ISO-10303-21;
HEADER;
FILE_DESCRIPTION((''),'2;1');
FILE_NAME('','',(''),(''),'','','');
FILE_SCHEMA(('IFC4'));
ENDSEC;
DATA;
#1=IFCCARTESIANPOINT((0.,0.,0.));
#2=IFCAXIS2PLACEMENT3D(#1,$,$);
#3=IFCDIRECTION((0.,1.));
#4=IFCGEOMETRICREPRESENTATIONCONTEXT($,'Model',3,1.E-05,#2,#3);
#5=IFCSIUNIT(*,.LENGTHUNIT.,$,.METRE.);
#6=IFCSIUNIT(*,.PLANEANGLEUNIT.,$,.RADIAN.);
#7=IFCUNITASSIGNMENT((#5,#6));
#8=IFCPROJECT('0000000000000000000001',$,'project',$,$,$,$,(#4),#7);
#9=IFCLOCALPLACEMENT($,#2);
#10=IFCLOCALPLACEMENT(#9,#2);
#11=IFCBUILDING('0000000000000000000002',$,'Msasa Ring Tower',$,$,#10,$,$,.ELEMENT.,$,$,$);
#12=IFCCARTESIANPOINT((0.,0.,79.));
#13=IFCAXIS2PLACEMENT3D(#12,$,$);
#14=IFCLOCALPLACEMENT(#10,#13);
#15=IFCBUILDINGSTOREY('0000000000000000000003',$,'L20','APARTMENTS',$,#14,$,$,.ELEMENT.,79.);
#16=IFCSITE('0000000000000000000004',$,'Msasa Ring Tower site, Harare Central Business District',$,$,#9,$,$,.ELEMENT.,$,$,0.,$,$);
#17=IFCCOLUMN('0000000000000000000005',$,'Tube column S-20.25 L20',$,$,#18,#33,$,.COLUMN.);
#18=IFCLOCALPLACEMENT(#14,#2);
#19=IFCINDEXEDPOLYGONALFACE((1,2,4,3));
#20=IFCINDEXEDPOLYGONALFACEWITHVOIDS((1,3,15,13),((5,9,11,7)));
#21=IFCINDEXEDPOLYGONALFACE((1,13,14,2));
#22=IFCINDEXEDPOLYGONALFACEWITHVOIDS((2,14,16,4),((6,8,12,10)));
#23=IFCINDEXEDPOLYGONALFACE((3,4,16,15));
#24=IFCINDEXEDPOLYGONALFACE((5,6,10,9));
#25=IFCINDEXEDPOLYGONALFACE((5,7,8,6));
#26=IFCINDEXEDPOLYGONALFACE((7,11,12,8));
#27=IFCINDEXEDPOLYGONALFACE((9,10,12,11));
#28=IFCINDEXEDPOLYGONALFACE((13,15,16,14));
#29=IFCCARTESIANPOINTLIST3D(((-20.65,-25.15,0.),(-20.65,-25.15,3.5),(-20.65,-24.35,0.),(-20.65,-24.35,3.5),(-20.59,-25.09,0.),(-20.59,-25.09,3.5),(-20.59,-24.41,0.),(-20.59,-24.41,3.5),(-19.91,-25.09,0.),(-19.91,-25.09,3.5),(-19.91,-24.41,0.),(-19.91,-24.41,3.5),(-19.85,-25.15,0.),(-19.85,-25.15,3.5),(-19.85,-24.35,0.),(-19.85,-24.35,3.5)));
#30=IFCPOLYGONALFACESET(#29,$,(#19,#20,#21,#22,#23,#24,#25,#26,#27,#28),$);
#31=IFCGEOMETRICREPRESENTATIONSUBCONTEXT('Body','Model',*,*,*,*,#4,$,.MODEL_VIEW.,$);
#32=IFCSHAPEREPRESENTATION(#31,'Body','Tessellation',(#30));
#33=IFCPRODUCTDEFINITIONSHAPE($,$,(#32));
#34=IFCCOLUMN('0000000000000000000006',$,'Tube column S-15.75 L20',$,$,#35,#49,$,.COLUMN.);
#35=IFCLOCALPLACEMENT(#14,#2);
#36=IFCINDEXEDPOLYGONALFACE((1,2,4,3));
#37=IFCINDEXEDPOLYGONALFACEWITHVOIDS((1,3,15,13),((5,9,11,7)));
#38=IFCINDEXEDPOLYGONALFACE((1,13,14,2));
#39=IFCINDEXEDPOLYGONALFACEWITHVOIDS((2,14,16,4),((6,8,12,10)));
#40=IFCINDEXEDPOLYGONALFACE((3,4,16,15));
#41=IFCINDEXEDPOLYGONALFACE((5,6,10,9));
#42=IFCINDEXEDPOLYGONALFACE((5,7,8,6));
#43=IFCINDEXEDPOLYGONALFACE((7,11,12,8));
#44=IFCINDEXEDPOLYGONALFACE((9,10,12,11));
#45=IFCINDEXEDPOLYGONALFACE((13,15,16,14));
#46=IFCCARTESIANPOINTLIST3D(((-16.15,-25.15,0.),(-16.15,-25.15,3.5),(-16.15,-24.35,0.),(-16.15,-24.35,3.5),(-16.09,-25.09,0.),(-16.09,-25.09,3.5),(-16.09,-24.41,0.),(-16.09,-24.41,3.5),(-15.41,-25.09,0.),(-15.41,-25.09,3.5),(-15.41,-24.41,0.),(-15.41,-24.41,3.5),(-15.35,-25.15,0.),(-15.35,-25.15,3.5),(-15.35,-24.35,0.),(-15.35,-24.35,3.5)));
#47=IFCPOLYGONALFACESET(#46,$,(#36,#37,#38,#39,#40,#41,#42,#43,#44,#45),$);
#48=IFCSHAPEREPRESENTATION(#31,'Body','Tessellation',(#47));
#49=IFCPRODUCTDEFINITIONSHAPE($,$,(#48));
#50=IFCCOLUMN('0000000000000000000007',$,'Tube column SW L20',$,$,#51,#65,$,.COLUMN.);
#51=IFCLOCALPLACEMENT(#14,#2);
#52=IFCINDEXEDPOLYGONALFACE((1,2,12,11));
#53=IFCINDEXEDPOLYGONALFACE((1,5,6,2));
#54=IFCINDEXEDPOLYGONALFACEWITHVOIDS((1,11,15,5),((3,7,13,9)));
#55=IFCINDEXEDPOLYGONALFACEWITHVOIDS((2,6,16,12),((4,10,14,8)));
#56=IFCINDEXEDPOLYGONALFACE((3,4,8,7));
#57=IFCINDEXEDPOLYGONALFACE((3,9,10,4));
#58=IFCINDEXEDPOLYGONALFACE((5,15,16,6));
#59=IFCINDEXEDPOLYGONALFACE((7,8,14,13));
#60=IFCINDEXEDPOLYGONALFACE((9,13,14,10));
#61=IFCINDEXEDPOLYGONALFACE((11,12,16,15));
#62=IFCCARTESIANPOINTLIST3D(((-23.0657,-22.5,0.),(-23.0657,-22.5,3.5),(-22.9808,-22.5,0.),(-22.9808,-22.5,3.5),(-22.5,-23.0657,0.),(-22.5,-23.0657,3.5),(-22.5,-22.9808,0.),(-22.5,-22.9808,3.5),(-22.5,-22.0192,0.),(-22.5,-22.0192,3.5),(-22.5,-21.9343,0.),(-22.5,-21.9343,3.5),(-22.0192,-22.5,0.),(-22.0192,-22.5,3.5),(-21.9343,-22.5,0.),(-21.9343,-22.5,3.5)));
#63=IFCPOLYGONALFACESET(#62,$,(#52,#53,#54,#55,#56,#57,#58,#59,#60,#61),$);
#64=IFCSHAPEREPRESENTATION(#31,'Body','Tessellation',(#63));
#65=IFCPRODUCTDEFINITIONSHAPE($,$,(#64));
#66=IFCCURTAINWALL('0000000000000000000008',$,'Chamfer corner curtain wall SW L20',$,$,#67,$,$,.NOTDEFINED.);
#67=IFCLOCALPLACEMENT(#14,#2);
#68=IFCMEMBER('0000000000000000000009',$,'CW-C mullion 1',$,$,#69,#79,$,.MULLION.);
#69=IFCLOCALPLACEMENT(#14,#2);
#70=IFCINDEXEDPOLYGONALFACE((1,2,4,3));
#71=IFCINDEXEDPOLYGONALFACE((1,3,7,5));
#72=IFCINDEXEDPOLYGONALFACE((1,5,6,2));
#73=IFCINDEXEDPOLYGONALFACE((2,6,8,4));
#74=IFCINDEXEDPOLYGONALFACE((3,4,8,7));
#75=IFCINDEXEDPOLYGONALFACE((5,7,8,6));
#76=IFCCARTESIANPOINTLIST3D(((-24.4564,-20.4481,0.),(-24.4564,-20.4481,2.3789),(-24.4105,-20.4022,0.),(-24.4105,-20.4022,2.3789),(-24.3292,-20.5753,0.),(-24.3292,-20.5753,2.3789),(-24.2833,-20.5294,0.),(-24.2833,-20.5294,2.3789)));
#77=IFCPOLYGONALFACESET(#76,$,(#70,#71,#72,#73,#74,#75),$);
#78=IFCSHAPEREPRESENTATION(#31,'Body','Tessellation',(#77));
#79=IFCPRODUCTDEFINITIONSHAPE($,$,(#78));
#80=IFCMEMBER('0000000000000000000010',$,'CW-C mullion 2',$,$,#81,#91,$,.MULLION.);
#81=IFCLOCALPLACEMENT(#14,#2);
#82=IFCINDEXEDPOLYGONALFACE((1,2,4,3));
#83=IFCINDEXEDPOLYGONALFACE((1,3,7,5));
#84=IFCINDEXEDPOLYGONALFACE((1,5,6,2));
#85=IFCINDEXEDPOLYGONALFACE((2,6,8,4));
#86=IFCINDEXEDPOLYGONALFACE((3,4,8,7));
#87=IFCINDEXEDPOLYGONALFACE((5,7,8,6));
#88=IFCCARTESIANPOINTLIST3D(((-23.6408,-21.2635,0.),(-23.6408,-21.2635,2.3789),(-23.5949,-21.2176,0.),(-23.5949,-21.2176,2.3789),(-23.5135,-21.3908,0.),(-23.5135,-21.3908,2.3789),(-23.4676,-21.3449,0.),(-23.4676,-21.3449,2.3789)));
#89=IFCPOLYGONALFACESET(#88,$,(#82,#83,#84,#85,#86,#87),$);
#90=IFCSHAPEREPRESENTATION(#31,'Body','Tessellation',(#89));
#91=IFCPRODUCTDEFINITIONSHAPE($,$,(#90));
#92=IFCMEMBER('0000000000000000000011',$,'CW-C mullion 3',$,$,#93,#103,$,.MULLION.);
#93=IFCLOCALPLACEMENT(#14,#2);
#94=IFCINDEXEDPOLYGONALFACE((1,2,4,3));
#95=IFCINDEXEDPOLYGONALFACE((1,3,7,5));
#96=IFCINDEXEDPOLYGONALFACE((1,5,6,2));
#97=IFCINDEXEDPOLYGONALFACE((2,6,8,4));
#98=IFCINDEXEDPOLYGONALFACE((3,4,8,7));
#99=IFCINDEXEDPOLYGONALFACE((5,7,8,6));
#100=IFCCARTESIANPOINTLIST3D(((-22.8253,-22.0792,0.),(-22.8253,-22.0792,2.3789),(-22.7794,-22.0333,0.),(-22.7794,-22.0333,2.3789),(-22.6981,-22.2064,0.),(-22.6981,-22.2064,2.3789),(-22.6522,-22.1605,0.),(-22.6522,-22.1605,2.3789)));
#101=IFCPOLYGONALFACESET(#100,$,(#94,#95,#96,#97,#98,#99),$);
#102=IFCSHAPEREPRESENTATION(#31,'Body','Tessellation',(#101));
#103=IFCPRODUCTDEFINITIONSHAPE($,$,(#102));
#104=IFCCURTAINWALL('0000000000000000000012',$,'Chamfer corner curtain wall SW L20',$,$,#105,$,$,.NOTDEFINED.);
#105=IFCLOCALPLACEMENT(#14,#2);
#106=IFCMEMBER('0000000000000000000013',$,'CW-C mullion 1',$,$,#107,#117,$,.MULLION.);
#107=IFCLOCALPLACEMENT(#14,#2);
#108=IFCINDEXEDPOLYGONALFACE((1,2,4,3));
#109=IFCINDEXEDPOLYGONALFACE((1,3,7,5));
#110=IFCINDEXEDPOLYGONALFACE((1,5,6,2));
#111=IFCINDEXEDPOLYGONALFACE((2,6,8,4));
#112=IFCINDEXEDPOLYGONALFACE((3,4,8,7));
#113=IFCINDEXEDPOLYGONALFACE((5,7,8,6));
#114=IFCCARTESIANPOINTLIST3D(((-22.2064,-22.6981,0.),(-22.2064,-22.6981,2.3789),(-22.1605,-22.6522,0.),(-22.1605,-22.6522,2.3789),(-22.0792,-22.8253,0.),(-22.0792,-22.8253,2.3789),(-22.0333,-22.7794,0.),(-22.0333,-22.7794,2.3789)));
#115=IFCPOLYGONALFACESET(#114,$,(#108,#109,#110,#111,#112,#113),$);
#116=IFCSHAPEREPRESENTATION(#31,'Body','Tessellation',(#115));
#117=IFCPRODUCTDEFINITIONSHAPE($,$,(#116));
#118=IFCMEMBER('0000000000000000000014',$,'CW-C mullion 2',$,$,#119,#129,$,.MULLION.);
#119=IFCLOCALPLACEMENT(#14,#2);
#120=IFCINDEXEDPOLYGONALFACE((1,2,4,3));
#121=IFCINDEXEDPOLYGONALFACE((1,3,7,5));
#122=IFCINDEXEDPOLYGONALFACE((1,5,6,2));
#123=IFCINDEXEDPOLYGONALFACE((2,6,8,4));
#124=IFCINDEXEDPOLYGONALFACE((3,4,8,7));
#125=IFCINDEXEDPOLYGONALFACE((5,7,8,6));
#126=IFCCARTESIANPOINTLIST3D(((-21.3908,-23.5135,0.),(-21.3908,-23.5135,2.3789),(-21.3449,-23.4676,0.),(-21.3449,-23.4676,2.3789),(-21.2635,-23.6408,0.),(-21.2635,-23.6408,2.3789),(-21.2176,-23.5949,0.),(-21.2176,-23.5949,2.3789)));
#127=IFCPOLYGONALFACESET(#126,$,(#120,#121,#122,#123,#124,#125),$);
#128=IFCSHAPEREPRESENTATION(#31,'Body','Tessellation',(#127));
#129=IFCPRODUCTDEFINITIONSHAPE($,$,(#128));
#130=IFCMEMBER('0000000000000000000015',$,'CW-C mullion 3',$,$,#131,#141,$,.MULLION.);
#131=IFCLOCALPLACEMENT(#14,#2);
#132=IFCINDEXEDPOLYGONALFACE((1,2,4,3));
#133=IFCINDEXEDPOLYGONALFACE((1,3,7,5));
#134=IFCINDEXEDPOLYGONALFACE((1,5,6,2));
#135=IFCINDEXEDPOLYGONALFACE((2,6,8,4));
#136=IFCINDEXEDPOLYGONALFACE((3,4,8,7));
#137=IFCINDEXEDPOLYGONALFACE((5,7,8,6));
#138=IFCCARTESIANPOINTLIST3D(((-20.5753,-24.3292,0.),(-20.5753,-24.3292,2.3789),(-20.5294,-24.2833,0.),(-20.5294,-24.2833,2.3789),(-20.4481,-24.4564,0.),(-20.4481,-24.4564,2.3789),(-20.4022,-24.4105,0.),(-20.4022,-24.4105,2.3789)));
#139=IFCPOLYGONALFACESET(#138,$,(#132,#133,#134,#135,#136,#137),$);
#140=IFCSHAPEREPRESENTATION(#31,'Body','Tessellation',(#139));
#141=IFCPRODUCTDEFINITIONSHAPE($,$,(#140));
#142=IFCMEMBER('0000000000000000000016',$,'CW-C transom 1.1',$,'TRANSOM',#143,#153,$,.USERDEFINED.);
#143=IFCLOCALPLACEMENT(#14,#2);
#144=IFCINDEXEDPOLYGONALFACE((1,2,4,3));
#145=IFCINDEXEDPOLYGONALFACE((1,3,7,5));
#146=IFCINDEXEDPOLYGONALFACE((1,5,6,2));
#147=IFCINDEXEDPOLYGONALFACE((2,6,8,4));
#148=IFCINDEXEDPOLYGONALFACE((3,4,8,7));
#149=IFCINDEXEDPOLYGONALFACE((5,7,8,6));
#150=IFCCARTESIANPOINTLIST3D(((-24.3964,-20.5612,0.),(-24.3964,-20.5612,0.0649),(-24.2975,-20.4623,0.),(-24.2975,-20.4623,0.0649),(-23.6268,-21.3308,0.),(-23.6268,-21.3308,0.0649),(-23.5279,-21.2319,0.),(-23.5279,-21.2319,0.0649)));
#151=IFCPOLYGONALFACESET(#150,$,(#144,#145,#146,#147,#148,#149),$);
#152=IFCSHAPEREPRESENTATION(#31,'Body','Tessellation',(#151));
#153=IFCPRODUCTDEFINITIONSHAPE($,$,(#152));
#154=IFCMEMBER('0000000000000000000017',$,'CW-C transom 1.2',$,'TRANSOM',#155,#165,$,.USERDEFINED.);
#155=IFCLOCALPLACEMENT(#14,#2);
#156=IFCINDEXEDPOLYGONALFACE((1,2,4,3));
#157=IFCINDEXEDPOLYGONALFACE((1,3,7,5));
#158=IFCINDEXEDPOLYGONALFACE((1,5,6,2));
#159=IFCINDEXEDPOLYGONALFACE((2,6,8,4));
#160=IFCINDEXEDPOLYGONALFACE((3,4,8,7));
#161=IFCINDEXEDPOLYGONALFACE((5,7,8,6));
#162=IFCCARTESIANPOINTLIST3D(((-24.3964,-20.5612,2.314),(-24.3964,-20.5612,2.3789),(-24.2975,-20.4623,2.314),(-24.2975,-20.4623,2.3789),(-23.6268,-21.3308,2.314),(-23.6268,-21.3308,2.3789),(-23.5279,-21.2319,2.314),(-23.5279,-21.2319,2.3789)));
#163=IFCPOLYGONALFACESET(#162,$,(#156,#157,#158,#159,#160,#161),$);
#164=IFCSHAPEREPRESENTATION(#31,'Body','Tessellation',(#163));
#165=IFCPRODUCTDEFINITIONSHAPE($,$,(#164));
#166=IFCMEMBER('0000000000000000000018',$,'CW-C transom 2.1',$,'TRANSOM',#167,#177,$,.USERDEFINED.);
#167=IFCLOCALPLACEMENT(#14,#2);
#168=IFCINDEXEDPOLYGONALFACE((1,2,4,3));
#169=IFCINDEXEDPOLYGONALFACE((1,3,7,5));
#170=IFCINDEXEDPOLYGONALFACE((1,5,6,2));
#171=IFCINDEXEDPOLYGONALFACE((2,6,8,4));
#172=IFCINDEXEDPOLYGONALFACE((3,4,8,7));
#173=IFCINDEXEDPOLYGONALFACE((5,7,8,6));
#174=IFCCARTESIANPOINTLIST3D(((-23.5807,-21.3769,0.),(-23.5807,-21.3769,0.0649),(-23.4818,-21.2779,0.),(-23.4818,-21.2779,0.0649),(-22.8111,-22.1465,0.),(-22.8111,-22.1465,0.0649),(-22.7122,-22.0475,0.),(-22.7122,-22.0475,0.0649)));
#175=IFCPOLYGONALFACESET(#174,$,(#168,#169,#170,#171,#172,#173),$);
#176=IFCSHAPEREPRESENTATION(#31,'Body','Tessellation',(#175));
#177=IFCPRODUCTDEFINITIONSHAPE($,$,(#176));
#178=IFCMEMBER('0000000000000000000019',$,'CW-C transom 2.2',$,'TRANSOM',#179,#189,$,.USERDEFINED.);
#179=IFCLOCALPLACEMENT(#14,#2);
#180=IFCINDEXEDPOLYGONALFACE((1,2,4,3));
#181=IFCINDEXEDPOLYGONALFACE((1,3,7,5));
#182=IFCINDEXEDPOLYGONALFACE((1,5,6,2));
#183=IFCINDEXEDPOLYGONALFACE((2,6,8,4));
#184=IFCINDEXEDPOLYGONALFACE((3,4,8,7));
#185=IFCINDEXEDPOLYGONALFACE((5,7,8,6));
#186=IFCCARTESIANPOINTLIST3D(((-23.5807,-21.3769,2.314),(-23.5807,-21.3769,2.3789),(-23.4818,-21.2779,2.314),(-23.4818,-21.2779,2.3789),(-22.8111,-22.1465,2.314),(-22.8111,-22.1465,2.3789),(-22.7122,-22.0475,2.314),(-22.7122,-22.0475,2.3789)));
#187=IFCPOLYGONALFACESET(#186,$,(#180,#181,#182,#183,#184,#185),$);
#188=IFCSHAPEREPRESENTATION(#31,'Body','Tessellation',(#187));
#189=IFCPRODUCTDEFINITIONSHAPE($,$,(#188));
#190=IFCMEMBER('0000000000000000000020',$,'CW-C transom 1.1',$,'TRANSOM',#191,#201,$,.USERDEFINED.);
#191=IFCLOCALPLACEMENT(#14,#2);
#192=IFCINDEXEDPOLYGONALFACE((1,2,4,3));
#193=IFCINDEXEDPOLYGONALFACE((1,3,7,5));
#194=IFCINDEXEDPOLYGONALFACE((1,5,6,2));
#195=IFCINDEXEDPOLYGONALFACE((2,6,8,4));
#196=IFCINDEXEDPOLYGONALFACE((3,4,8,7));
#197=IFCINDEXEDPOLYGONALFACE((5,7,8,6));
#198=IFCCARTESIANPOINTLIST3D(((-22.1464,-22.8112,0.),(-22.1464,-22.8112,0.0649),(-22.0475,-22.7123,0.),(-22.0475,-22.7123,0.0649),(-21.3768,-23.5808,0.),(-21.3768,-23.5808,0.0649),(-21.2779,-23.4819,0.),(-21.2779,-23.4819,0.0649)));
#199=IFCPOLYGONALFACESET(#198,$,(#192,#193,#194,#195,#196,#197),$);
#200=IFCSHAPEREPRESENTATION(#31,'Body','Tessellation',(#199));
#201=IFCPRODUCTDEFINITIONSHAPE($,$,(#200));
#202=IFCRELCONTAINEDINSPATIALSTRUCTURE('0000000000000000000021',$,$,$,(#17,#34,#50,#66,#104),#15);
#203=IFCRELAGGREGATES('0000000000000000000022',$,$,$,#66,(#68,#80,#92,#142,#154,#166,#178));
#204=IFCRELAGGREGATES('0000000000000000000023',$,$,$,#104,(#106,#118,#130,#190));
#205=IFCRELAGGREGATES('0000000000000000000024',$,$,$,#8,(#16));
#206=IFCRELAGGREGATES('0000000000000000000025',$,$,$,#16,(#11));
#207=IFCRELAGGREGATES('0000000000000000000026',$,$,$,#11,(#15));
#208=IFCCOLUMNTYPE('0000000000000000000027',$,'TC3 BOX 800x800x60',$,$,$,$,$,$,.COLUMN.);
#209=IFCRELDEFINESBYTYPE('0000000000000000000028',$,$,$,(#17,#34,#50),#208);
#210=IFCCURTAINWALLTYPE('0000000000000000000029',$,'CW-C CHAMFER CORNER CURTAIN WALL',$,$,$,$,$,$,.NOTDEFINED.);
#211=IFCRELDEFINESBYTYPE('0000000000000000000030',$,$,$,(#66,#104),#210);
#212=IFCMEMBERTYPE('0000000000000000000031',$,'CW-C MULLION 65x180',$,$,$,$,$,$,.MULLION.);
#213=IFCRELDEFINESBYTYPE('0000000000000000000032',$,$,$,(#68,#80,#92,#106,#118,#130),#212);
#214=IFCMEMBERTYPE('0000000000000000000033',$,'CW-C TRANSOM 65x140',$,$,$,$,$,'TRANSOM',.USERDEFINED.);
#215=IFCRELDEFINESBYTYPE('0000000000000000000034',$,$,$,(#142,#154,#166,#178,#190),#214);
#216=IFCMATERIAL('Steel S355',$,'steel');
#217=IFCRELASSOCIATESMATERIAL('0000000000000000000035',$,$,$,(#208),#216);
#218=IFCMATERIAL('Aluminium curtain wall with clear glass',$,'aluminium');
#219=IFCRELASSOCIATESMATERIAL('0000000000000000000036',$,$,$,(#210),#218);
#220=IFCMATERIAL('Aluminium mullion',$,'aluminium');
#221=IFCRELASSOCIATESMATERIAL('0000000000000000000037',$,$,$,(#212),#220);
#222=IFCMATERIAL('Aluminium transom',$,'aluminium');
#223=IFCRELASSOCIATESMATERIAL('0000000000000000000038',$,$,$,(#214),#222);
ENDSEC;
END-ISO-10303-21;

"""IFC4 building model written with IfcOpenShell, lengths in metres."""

from ifc_helpers import new_model, si_unit, direction, frame, origin, origin_2d, place, context, subcontext, project, spatial, rectangle, hollow_rectangle, extrude, material, material_profile, profile_set, type_object, element, aggregate, save


model = new_model("IFC4")

# Units and contexts
model_context = context("Model", 3, precision=1e-05, world=origin(), true_north=direction((0.0, 1.0)))
body_context = subcontext(model_context, "Body", "Model", "MODEL_VIEW")
ifc_project = project(units=[si_unit("LENGTHUNIT", "METRE"), si_unit("PLANEANGLEUNIT", "RADIAN")], contexts=[model_context])

# Site, building, storey
site_placement = place(None, origin())
site = spatial("IfcSite", under=ifc_project, at=site_placement, Name="Msasa Ring Tower site, Harare Central Business District", CompositionType="ELEMENT", RefElevation=0.0)
building_placement = place(site_placement, origin())
building = spatial("IfcBuilding", under=site, at=building_placement, Name="Msasa Ring Tower", CompositionType="ELEMENT")
storey_placement = place(building_placement, frame((0.0, 0.0, 79.0)))
storey = spatial("IfcBuildingStorey", under=building, at=storey_placement, Name="L20", Description="APARTMENTS", CompositionType="ELEMENT", Elevation=79.0)

# Columns
ifc_material_1 = material(Name="Steel S355", Category="steel")
ifc_material_profile_1 = material_profile(ifc_material_1, hollow_rectangle(XDim=0.8, YDim=0.8, WallThickness=0.0601, at=origin_2d()), Name="BOX 800x800x60")
ifc_profile_set_1 = profile_set([ifc_material_profile_1], Name="Steel S355")
column_type = type_object("IfcColumnType", Name="TC3 BOX 800x800x60", PredefinedType="COLUMN", material=ifc_profile_set_1)
for number, where, z_axis, x_axis, name in (
    (1, (-20.25, -24.75, 0.0), (0.0, 0.0, 1.0), (0.0, 1.0, 0.0), "Tube column S-20.25 L20"),
    (2, (-15.75, -24.75, 0.0), (0.0, 0.0, 1.0), (0.0, 1.0, 0.0), "Tube column S-15.75 L20"),
    (3, (-22.5, -22.5, 0.0), (0.0, 0.0, 1.0), (0.707107, 0.707107, 0.0), "Tube column SW L20"),
):
    element("IfcColumn", number, at=place(storey_placement, frame(where, z_axis=z_axis, x_axis=x_axis)), inside=storey, type_object=column_type, Name=name, PredefinedType="COLUMN", context=body_context, shape_type="SweptSolid", body=[
        extrude(hollow_rectangle(XDim=0.8, YDim=0.8, WallThickness=0.0601, at=origin_2d()), origin(), (0.0, 0.0, 1.0), 3.5),
    ])

# Curtain walls, members
ifc_material_2 = material(Name="Aluminium curtain wall with clear glass", Category="aluminium")
curtain_wall_type = type_object("IfcCurtainWallType", Name="CW-C CHAMFER CORNER CURTAIN WALL", PredefinedType="NOTDEFINED", material=ifc_material_2)
curtain_wall_1_placement = place(storey_placement, origin())
curtain_wall_1 = element("IfcCurtainWall", 4, at=curtain_wall_1_placement, inside=storey, type_object=curtain_wall_type, Name="Chamfer corner curtain wall SW L20", PredefinedType="NOTDEFINED")
ifc_material_3 = material(Name="Aluminium mullion", Category="aluminium")
ifc_material_profile_2 = material_profile(ifc_material_3, rectangle(XDim=0.0649, YDim=0.1799, at=origin_2d()), Name="AL 65x180")
ifc_profile_set_2 = profile_set([ifc_material_profile_2], Name="Aluminium mullion")
member_type_1 = type_object("IfcMemberType", Name="CW-C MULLION 65x180", PredefinedType="MULLION", material=ifc_profile_set_2)
member_1_placement = place(storey_placement, frame((-24.3699, -20.4888, 0.0), z_axis=(0.0, 0.0, 1.0), x_axis=(0.707107, 0.707107, 0.0)))
member_1 = element("IfcMember", 5, at=member_1_placement, type_object=member_type_1, Name="CW-C mullion 1", PredefinedType="MULLION", context=body_context, shape_type="SweptSolid", body=[
    extrude(rectangle(XDim=0.0649, YDim=0.1799, at=origin_2d()), origin(), (0.0, 0.0, 1.0), 2.3789),
])
member_2_placement = place(storey_placement, frame((-23.5542, -21.3042, 0.0), z_axis=(0.0, 0.0, 1.0), x_axis=(0.707107, 0.707107, 0.0)))
member_2 = element("IfcMember", 6, at=member_2_placement, type_object=member_type_1, Name="CW-C mullion 2", PredefinedType="MULLION", context=body_context, shape_type="SweptSolid", body=[
    extrude(rectangle(XDim=0.0649, YDim=0.1799, at=origin_2d()), origin(), (0.0, 0.0, 1.0), 2.3789),
])
member_3_placement = place(storey_placement, frame((-22.7388, -22.1199, 0.0), z_axis=(0.0, 0.0, 1.0), x_axis=(0.707107, 0.707107, 0.0)))
member_3 = element("IfcMember", 7, at=member_3_placement, type_object=member_type_1, Name="CW-C mullion 3", PredefinedType="MULLION", context=body_context, shape_type="SweptSolid", body=[
    extrude(rectangle(XDim=0.0649, YDim=0.1799, at=origin_2d()), origin(), (0.0, 0.0, 1.0), 2.3789),
])
curtain_wall_2_placement = place(storey_placement, origin())
curtain_wall_2 = element("IfcCurtainWall", 8, at=curtain_wall_2_placement, inside=storey, type_object=curtain_wall_type, Name="Chamfer corner curtain wall SW L20", PredefinedType="NOTDEFINED")
member_4_placement = place(storey_placement, frame((-22.1199, -22.7388, 0.0), z_axis=(0.0, 0.0, 1.0), x_axis=(0.707107, 0.707107, 0.0)))
member_4 = element("IfcMember", 9, at=member_4_placement, type_object=member_type_1, Name="CW-C mullion 1", PredefinedType="MULLION", context=body_context, shape_type="SweptSolid", body=[
    extrude(rectangle(XDim=0.0649, YDim=0.1799, at=origin_2d()), origin(), (0.0, 0.0, 1.0), 2.3789),
])
member_5_placement = place(storey_placement, frame((-21.3042, -23.5542, 0.0), z_axis=(0.0, 0.0, 1.0), x_axis=(0.707107, 0.707107, 0.0)))
member_5 = element("IfcMember", 10, at=member_5_placement, type_object=member_type_1, Name="CW-C mullion 2", PredefinedType="MULLION", context=body_context, shape_type="SweptSolid", body=[
    extrude(rectangle(XDim=0.0649, YDim=0.1799, at=origin_2d()), origin(), (0.0, 0.0, 1.0), 2.3789),
])
member_6_placement = place(storey_placement, frame((-20.4888, -24.3699, 0.0), z_axis=(0.0, 0.0, 1.0), x_axis=(0.707107, 0.707107, 0.0)))
member_6 = element("IfcMember", 11, at=member_6_placement, type_object=member_type_1, Name="CW-C mullion 3", PredefinedType="MULLION", context=body_context, shape_type="SweptSolid", body=[
    extrude(rectangle(XDim=0.0649, YDim=0.1799, at=origin_2d()), origin(), (0.0, 0.0, 1.0), 2.3789),
])

# Members
ifc_material_4 = material(Name="Aluminium transom", Category="aluminium")
ifc_material_profile_3 = material_profile(ifc_material_4, rectangle(XDim=0.1399, YDim=0.0649, at=origin_2d()), Name="AL 65x140")
ifc_profile_set_3 = profile_set([ifc_material_profile_3], Name="Aluminium transom")
member_type_2 = type_object("IfcMemberType", Name="CW-C TRANSOM 65x140", ElementType="TRANSOM", PredefinedType="USERDEFINED", material=ifc_profile_set_3)
member_7_placement = place(storey_placement, frame((-24.3469, -20.5117, 0.0325), z_axis=(0.707107, -0.707107, 0.0), x_axis=(0.707107, 0.707107, 0.0)))
member_7 = element("IfcMember", 12, at=member_7_placement, type_object=member_type_2, Name="CW-C transom 1.1", ObjectType="TRANSOM", PredefinedType="USERDEFINED", context=body_context, shape_type="SweptSolid", body=[
    extrude(rectangle(XDim=0.1399, YDim=0.0649, at=origin_2d()), origin(), (0.0, 0.0, 1.0), 1.0884),
])
member_8_placement = place(storey_placement, frame((-24.3469, -20.5117, 2.3464), z_axis=(0.707107, -0.707107, 0.0), x_axis=(0.707107, 0.707107, 0.0)))
member_8 = element("IfcMember", 13, at=member_8_placement, type_object=member_type_2, Name="CW-C transom 1.2", ObjectType="TRANSOM", PredefinedType="USERDEFINED", context=body_context, shape_type="SweptSolid", body=[
    extrude(rectangle(XDim=0.1399, YDim=0.0649, at=origin_2d()), origin(), (0.0, 0.0, 1.0), 1.0884),
])
member_9_placement = place(storey_placement, frame((-23.5312, -21.3274, 0.0325), z_axis=(0.707107, -0.707107, 0.0), x_axis=(0.707107, 0.707107, 0.0)))
member_9 = element("IfcMember", 14, at=member_9_placement, type_object=member_type_2, Name="CW-C transom 2.1", ObjectType="TRANSOM", PredefinedType="USERDEFINED", context=body_context, shape_type="SweptSolid", body=[
    extrude(rectangle(XDim=0.1399, YDim=0.0649, at=origin_2d()), origin(), (0.0, 0.0, 1.0), 1.0884),
])
member_10_placement = place(storey_placement, frame((-23.5312, -21.3274, 2.3464), z_axis=(0.707107, -0.707107, 0.0), x_axis=(0.707107, 0.707107, 0.0)))
member_10 = element("IfcMember", 15, at=member_10_placement, type_object=member_type_2, Name="CW-C transom 2.2", ObjectType="TRANSOM", PredefinedType="USERDEFINED", context=body_context, shape_type="SweptSolid", body=[
    extrude(rectangle(XDim=0.1399, YDim=0.0649, at=origin_2d()), origin(), (0.0, 0.0, 1.0), 1.0884),
])
member_11_placement = place(storey_placement, frame((-22.0969, -22.7617, 0.0325), z_axis=(0.707107, -0.707107, 0.0), x_axis=(0.707107, 0.707107, 0.0)))
member_11 = element("IfcMember", 16, at=member_11_placement, type_object=member_type_2, Name="CW-C transom 1.1", ObjectType="TRANSOM", PredefinedType="USERDEFINED", context=body_context, shape_type="SweptSolid", body=[
    extrude(rectangle(XDim=0.1399, YDim=0.0649, at=origin_2d()), origin(), (0.0, 0.0, 1.0), 1.0884),
])

aggregate(curtain_wall_1, [member_1, member_2, member_3, member_7, member_8, member_9, member_10])
aggregate(curtain_wall_2, [member_4, member_5, member_6, member_11])

save(model, "model.ifc")
